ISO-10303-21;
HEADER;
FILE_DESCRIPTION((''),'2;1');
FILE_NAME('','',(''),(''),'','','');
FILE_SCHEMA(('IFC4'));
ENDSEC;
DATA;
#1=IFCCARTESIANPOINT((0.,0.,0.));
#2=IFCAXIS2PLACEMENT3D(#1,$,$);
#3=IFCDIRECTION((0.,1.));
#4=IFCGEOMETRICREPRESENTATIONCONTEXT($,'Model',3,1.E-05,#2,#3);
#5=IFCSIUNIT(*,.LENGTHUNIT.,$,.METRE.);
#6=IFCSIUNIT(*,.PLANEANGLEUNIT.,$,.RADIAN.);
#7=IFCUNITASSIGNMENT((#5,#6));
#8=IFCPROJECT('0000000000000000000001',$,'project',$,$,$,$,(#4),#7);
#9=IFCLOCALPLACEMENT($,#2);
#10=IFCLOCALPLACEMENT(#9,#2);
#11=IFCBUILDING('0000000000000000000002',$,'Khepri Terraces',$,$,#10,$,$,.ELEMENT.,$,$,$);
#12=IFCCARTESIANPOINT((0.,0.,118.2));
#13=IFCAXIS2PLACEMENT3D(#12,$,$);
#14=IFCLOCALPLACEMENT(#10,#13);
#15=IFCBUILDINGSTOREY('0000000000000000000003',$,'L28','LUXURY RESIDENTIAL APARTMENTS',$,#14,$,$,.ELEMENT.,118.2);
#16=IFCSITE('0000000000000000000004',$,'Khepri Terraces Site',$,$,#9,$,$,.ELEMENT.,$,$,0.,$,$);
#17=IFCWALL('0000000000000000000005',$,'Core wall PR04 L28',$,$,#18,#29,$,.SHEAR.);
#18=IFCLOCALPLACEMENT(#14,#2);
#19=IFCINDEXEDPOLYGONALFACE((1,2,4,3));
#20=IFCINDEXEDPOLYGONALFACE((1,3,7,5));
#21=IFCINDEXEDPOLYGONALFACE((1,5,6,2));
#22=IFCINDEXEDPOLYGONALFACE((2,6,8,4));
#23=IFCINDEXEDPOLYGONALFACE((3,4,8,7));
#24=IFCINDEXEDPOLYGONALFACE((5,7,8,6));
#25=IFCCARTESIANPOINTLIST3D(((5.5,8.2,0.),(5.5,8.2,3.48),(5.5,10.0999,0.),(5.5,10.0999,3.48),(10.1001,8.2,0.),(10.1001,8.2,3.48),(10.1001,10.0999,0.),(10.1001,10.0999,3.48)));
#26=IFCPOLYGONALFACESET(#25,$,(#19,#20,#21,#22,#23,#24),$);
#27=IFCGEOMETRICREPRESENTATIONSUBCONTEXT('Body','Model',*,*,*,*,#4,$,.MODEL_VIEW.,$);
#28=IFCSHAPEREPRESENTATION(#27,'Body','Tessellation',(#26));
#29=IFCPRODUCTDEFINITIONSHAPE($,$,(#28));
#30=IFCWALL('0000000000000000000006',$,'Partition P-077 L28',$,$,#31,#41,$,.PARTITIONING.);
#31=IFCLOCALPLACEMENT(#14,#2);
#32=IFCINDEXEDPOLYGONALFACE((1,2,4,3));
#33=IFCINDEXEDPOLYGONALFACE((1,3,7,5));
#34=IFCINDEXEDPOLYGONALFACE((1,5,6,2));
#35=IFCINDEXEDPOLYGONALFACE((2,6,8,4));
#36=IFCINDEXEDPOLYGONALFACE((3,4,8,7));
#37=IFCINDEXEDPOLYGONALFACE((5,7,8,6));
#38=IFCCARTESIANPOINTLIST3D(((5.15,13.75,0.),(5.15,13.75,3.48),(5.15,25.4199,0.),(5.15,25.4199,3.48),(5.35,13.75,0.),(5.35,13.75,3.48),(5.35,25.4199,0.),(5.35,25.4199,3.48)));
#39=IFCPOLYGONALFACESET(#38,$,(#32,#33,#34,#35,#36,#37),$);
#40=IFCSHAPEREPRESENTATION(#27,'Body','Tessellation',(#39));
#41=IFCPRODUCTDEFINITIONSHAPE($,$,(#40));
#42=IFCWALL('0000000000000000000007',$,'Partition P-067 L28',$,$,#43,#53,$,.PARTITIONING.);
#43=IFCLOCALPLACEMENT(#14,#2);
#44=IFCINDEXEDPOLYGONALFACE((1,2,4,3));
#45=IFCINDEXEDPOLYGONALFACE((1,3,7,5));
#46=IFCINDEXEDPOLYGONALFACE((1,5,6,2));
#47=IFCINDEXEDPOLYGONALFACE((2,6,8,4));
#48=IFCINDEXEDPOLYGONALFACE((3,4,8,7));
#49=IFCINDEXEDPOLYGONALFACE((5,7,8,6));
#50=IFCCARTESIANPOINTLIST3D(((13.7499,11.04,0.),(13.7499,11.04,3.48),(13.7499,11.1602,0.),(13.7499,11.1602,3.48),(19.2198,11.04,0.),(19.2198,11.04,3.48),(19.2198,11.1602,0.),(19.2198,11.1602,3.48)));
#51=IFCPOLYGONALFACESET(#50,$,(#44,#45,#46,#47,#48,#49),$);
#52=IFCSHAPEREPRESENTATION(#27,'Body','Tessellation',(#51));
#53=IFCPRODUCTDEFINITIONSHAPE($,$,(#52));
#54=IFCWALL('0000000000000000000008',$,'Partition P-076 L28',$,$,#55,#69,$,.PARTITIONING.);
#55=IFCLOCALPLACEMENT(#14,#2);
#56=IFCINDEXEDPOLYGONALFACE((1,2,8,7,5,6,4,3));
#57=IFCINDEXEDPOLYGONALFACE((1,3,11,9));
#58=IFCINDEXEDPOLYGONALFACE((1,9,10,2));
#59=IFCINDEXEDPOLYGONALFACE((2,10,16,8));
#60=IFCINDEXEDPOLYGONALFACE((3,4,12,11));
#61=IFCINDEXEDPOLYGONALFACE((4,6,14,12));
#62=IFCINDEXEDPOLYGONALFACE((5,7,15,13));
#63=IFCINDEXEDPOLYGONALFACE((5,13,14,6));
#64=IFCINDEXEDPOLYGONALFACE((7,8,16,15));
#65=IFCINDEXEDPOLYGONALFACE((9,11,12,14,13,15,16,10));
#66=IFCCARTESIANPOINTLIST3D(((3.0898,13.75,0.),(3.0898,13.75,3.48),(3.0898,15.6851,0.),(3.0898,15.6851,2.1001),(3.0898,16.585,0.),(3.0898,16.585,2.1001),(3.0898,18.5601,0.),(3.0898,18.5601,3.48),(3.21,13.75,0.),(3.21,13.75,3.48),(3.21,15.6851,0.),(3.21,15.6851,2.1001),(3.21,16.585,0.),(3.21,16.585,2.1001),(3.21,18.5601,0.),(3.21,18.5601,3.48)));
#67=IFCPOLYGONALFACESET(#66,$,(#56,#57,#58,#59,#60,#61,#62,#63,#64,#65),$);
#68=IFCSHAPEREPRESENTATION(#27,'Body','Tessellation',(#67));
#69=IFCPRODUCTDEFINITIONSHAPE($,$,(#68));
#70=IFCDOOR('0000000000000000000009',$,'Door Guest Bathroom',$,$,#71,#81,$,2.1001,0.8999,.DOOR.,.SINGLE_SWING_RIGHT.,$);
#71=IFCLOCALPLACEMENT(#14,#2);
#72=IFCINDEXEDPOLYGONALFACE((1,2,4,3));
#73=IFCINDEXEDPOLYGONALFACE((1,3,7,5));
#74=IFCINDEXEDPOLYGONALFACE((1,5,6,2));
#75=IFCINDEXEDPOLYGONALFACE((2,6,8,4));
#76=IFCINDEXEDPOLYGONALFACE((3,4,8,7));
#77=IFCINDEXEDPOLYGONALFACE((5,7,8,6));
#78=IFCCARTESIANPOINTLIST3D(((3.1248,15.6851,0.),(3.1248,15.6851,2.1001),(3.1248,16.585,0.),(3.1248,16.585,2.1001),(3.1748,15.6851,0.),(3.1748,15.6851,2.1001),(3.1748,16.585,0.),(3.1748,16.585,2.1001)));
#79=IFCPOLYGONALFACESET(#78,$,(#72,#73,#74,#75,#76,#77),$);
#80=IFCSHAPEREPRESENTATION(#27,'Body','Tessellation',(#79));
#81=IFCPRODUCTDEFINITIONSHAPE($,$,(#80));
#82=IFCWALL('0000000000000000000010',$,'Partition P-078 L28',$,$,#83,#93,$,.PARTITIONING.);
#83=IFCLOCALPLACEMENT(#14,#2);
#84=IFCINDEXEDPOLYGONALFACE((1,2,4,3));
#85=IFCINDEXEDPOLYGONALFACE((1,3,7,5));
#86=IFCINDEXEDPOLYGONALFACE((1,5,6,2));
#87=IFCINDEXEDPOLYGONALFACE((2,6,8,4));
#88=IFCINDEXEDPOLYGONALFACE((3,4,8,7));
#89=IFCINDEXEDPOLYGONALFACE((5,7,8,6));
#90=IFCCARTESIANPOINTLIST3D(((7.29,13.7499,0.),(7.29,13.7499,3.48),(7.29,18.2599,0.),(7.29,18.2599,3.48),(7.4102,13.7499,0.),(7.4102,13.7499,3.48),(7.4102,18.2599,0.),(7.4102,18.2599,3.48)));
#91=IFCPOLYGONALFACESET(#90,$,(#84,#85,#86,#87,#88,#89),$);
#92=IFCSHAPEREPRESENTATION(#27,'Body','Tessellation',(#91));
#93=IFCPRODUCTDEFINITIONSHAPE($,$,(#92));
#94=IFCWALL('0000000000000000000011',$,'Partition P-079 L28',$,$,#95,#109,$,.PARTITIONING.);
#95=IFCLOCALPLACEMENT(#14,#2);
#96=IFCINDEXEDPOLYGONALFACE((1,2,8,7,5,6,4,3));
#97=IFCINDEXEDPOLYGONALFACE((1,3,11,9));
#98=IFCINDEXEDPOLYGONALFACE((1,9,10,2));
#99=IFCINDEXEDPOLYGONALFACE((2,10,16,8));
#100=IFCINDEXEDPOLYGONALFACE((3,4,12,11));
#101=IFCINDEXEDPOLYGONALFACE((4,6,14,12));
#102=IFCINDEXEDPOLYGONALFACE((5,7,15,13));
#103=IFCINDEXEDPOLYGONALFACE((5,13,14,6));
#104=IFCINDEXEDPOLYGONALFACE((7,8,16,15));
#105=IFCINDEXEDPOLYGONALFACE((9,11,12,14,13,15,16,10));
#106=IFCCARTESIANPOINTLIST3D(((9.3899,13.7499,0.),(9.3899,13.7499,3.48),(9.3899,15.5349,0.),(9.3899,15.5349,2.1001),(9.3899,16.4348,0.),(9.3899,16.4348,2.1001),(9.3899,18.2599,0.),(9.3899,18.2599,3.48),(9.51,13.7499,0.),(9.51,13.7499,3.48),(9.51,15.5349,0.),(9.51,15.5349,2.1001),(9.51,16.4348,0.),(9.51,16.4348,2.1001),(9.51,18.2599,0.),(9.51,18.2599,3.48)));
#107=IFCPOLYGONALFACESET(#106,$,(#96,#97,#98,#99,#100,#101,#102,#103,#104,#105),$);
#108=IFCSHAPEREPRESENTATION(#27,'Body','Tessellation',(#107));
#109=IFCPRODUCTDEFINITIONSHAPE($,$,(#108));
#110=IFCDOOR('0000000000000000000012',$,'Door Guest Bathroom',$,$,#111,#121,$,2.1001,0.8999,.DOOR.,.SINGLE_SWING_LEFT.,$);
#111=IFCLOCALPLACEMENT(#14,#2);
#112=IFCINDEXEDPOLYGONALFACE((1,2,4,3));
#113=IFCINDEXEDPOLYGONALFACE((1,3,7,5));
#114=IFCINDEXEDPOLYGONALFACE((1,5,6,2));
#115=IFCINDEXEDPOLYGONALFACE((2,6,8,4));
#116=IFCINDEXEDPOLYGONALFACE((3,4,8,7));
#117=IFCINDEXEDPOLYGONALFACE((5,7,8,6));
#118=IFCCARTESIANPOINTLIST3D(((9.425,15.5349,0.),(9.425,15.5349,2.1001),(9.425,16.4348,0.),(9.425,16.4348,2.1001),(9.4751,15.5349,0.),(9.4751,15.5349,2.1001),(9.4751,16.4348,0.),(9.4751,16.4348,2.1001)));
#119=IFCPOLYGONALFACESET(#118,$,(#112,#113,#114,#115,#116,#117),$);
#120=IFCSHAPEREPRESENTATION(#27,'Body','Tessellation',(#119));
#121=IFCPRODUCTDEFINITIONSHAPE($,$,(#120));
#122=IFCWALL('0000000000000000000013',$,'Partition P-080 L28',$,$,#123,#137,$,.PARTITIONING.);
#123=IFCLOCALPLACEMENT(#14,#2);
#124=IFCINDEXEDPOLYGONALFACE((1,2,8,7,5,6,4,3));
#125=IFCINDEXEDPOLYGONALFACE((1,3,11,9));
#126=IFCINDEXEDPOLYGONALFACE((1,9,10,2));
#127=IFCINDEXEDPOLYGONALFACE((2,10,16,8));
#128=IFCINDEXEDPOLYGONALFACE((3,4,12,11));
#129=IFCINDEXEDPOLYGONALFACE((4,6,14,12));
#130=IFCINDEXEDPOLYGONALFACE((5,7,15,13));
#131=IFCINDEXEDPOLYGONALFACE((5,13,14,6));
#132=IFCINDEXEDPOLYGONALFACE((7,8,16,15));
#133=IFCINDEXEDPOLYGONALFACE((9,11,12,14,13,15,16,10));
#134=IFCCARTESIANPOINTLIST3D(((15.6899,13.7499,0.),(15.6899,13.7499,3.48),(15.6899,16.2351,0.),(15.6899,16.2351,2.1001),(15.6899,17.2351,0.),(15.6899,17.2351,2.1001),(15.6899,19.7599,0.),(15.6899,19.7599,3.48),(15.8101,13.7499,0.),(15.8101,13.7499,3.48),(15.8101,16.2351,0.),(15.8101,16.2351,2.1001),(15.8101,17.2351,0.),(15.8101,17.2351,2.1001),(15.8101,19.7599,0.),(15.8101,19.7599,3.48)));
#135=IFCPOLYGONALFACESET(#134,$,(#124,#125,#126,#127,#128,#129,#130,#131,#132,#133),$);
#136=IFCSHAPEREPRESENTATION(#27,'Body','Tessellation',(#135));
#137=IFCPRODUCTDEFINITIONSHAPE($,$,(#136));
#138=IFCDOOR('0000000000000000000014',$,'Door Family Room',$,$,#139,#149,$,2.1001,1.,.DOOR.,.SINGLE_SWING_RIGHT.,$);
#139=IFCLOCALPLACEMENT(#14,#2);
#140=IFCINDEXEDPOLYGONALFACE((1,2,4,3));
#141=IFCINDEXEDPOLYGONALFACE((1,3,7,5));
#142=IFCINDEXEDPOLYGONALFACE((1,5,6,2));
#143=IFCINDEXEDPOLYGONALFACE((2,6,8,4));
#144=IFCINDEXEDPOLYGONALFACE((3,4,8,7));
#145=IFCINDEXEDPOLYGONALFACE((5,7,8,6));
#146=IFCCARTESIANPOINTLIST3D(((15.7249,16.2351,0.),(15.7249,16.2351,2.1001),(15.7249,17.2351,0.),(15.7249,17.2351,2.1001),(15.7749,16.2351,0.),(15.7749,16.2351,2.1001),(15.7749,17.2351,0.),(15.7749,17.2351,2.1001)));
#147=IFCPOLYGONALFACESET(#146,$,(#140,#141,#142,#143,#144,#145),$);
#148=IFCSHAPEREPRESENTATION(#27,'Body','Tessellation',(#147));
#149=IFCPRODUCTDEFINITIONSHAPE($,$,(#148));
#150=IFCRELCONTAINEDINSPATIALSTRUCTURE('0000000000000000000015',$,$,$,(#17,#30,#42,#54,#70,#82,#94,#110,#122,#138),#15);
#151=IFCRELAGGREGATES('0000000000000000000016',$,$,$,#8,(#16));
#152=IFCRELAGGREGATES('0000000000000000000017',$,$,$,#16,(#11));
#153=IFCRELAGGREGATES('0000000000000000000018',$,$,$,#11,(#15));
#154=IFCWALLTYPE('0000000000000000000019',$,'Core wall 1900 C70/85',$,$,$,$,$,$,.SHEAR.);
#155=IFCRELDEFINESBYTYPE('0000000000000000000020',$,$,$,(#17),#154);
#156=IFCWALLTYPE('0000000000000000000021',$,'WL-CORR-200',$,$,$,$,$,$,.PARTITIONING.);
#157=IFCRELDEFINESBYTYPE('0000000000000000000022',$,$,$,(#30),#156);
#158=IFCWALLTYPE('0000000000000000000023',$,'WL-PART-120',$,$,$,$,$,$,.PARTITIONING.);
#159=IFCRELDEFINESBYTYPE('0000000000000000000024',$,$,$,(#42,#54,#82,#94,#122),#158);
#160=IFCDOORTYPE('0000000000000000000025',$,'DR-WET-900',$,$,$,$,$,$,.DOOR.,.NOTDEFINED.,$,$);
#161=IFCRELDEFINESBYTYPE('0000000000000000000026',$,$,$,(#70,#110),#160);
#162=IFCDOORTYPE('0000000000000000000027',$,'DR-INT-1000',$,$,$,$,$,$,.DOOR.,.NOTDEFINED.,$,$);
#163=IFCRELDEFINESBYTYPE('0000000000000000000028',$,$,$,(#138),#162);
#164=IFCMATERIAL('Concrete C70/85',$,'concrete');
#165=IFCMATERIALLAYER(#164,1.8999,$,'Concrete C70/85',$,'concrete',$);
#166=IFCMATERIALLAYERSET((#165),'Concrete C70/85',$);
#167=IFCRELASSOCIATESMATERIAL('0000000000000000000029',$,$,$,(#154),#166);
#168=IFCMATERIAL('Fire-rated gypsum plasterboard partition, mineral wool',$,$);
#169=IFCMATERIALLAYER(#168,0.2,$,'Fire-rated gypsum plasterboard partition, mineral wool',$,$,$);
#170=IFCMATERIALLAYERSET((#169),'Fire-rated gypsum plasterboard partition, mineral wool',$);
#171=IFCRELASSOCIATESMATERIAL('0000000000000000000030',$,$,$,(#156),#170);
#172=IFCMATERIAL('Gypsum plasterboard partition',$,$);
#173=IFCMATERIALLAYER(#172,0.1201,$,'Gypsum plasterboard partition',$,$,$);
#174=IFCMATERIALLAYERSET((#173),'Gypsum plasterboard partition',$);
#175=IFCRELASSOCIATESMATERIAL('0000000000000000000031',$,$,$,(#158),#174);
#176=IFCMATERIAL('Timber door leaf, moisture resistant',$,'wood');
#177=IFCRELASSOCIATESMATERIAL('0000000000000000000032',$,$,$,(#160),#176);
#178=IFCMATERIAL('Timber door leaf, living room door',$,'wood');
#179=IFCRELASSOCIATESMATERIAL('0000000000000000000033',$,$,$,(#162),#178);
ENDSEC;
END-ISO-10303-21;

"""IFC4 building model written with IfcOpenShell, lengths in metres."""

from ifc_helpers import new_model, si_unit, direction, frame, frame_2d, origin, place, context, subcontext, project, spatial, rectangle, extrude, material, layer, layer_set, type_object, element, fill, save


model = new_model("IFC4")

# Units and contexts
model_context = context("Model", 3, precision=1e-05, world=origin(), true_north=direction((0.0, 1.0)))
body_context = subcontext(model_context, "Body", "Model", "MODEL_VIEW")
ifc_project = project(units=[si_unit("LENGTHUNIT", "METRE"), si_unit("PLANEANGLEUNIT", "RADIAN")], contexts=[model_context])

# Site, building, storey
site_placement = place(None, origin())
site = spatial("IfcSite", under=ifc_project, at=site_placement, Name="Khepri Terraces Site", CompositionType="ELEMENT", RefElevation=0.0)
building_placement = place(site_placement, origin())
building = spatial("IfcBuilding", under=site, at=building_placement, Name="Khepri Terraces", CompositionType="ELEMENT")
storey_placement = place(building_placement, frame((0.0, 0.0, 118.2)))
storey = spatial("IfcBuildingStorey", under=building, at=storey_placement, Name="L28", Description="LUXURY RESIDENTIAL APARTMENTS", CompositionType="ELEMENT", Elevation=118.2)

# Walls
ifc_material_1 = material(Name="Concrete C70/85", Category="concrete")
ifc_layer_1 = layer(ifc_material_1, 1.8999, Name="Concrete C70/85", Category="concrete")
ifc_layer_set_1 = layer_set([ifc_layer_1], Name="Concrete C70/85")
wall_type_1 = type_object("IfcWallType", Name="Core wall 1900 C70/85", PredefinedType="SHEAR", material=ifc_layer_set_1)
wall_1_placement = place(storey_placement, frame((5.5, 9.1499, 0.0), z_axis=(0.0, 0.0, 1.0), x_axis=(1.0, 0.0, 0.0)))
element("IfcWall", 1, at=wall_1_placement, inside=storey, type_object=wall_type_1, Name="Core wall PR04 L28", PredefinedType="SHEAR", context=body_context, shape_type="SweptSolid", body=[
    extrude(rectangle(XDim=4.6001, YDim=1.8999, at=frame_2d((2.3, 0.0))), origin(), (0.0, 0.0, 1.0), 3.48),
])
ifc_material_2 = material(Name="Fire-rated gypsum plasterboard partition, mineral wool")
ifc_layer_2 = layer(ifc_material_2, 0.2, Name="Fire-rated gypsum plasterboard partition, mineral wool")
ifc_layer_set_2 = layer_set([ifc_layer_2], Name="Fire-rated gypsum plasterboard partition, mineral wool")
wall_type_2 = type_object("IfcWallType", Name="WL-CORR-200", PredefinedType="PARTITIONING", material=ifc_layer_set_2)
wall_2_placement = place(storey_placement, frame((5.25, 13.75, 0.0), z_axis=(0.0, 0.0, 1.0), x_axis=(0.0, 1.0, 0.0)))
element("IfcWall", 2, at=wall_2_placement, inside=storey, type_object=wall_type_2, Name="Partition P-077 L28", PredefinedType="PARTITIONING", context=body_context, shape_type="SweptSolid", body=[
    extrude(rectangle(XDim=11.6699, YDim=0.2, at=frame_2d((5.835, 0.0))), origin(), (0.0, 0.0, 1.0), 3.48),
])
ifc_material_3 = material(Name="Gypsum plasterboard partition")
ifc_layer_3 = layer(ifc_material_3, 0.1201, Name="Gypsum plasterboard partition")
ifc_layer_set_3 = layer_set([ifc_layer_3], Name="Gypsum plasterboard partition")
wall_type_3 = type_object("IfcWallType", Name="WL-PART-120", PredefinedType="PARTITIONING", material=ifc_layer_set_3)
wall_3_placement = place(storey_placement, frame((13.75, 11.1001, 0.0), z_axis=(0.0, 0.0, 1.0), x_axis=(1.0, 0.0, 0.0)))
element("IfcWall", 3, at=wall_3_placement, inside=storey, type_object=wall_type_3, Name="Partition P-067 L28", PredefinedType="PARTITIONING", context=body_context, shape_type="SweptSolid", body=[
    extrude(rectangle(XDim=5.47, YDim=0.1201, at=frame_2d((2.7349, 0.0))), origin(), (0.0, 0.0, 1.0), 3.48),
])

# Wall, opening, door
wall_4_placement = place(storey_placement, frame((3.1499, 13.75, 0.0), z_axis=(0.0, 0.0, 1.0), x_axis=(0.0, 1.0, 0.0)))
wall_4 = element("IfcWall", 4, at=wall_4_placement, inside=storey, type_object=wall_type_3, Name="Partition P-076 L28", PredefinedType="PARTITIONING", context=body_context, shape_type="SweptSolid", body=[
    extrude(rectangle(XDim=4.8101, YDim=0.1201, at=frame_2d((2.405, 0.0))), origin(), (0.0, 0.0, 1.0), 3.48),
])
opening_1_placement = place(wall_4_placement, frame((1.9351, 0.0, 0.0)))
opening_1 = element("IfcOpeningElement", 5, at=opening_1_placement, cuts=wall_4, PredefinedType="OPENING", context=body_context, shape_type="SweptSolid", body=[
    extrude(rectangle(XDim=0.8999, YDim=2.1001, at=frame_2d((0.45, 1.05))), frame((0.0, 0.0701, 0.0), z_axis=(0.0, -1.0, 0.0), x_axis=(1.0, 0.0, 0.0)), (0.0, 0.0, 1.0), 0.1401),
])
ifc_material_4 = material(Name="Timber door leaf, moisture resistant", Category="wood")
door_type_1 = type_object("IfcDoorType", Name="DR-WET-900", OperationType="NOTDEFINED", PredefinedType="DOOR", material=ifc_material_4)
door_1_placement = place(opening_1_placement, frame((0.8999, 0.0, 0.0), z_axis=(0.0, 0.0, 1.0), x_axis=(-1.0, 0.0, 0.0)))
door_1 = element("IfcDoor", 6, at=door_1_placement, inside=storey, type_object=door_type_1, Name="Door Guest Bathroom", OperationType="SINGLE_SWING_RIGHT", OverallHeight=2.1001, OverallWidth=0.8999, PredefinedType="DOOR", context=body_context, shape_type="SweptSolid", body=[
    extrude(rectangle(XDim=0.8999, YDim=2.1001, at=frame_2d((0.45, 1.05))), frame((0.0, 0.0249, 0.0), z_axis=(0.0, -1.0, 0.0), x_axis=(1.0, 0.0, 0.0)), (0.0, 0.0, 1.0), 0.05),
])
fill(opening_1, door_1)

# Wall
wall_5_placement = place(storey_placement, frame((7.3501, 13.75, 0.0), z_axis=(0.0, 0.0, 1.0), x_axis=(0.0, 1.0, 0.0)))
element("IfcWall", 7, at=wall_5_placement, inside=storey, type_object=wall_type_3, Name="Partition P-078 L28", PredefinedType="PARTITIONING", context=body_context, shape_type="SweptSolid", body=[
    extrude(rectangle(XDim=4.51, YDim=0.1201, at=frame_2d((2.2549, 0.0))), origin(), (0.0, 0.0, 1.0), 3.48),
])

# Walls, openings, doors
wall_6_placement = place(storey_placement, frame((9.45, 13.75, 0.0), z_axis=(0.0, 0.0, 1.0), x_axis=(0.0, 1.0, 0.0)))
wall_6 = element("IfcWall", 8, at=wall_6_placement, inside=storey, type_object=wall_type_3, Name="Partition P-079 L28", PredefinedType="PARTITIONING", context=body_context, shape_type="SweptSolid", body=[
    extrude(rectangle(XDim=4.51, YDim=0.1201, at=frame_2d((2.2549, 0.0))), origin(), (0.0, 0.0, 1.0), 3.48),
])
opening_2_placement = place(wall_6_placement, frame((1.7849, 0.0, 0.0)))
opening_2 = element("IfcOpeningElement", 9, at=opening_2_placement, cuts=wall_6, PredefinedType="OPENING", context=body_context, shape_type="SweptSolid", body=[
    extrude(rectangle(XDim=0.8999, YDim=2.1001, at=frame_2d((0.45, 1.05))), frame((0.0, 0.0701, 0.0), z_axis=(0.0, -1.0, 0.0), x_axis=(1.0, 0.0, 0.0)), (0.0, 0.0, 1.0), 0.1401),
])
door_2_placement = place(opening_2_placement, origin())
door_2 = element("IfcDoor", 10, at=door_2_placement, inside=storey, type_object=door_type_1, Name="Door Guest Bathroom", OperationType="SINGLE_SWING_LEFT", OverallHeight=2.1001, OverallWidth=0.8999, PredefinedType="DOOR", context=body_context, shape_type="SweptSolid", body=[
    extrude(rectangle(XDim=0.8999, YDim=2.1001, at=frame_2d((0.45, 1.05))), frame((0.0, 0.0249, 0.0), z_axis=(0.0, -1.0, 0.0), x_axis=(1.0, 0.0, 0.0)), (0.0, 0.0, 1.0), 0.05),
])
fill(opening_2, door_2)
wall_7_placement = place(storey_placement, frame((15.75, 13.75, 0.0), z_axis=(0.0, 0.0, 1.0), x_axis=(0.0, 1.0, 0.0)))
wall_7 = element("IfcWall", 11, at=wall_7_placement, inside=storey, type_object=wall_type_3, Name="Partition P-080 L28", PredefinedType="PARTITIONING", context=body_context, shape_type="SweptSolid", body=[
    extrude(rectangle(XDim=6.01, YDim=0.1201, at=frame_2d((3.0049, 0.0))), origin(), (0.0, 0.0, 1.0), 3.48),
])
opening_3_placement = place(wall_7_placement, frame((2.4851, 0.0, 0.0)))
opening_3 = element("IfcOpeningElement", 12, at=opening_3_placement, cuts=wall_7, PredefinedType="OPENING", context=body_context, shape_type="SweptSolid", body=[
    extrude(rectangle(XDim=1.0, YDim=2.1001, at=frame_2d((0.5, 1.05))), frame((0.0, 0.0701, 0.0), z_axis=(0.0, -1.0, 0.0), x_axis=(1.0, 0.0, 0.0)), (0.0, 0.0, 1.0), 0.1401),
])
ifc_material_5 = material(Name="Timber door leaf, living room door", Category="wood")
door_type_2 = type_object("IfcDoorType", Name="DR-INT-1000", OperationType="NOTDEFINED", PredefinedType="DOOR", material=ifc_material_5)
door_3_placement = place(opening_3_placement, frame((1.0, 0.0, 0.0), z_axis=(0.0, 0.0, 1.0), x_axis=(-1.0, 0.0, 0.0)))
door_3 = element("IfcDoor", 13, at=door_3_placement, inside=storey, type_object=door_type_2, Name="Door Family Room", OperationType="SINGLE_SWING_RIGHT", OverallHeight=2.1001, OverallWidth=1.0, PredefinedType="DOOR", context=body_context, shape_type="SweptSolid", body=[
    extrude(rectangle(XDim=1.0, YDim=2.1001, at=frame_2d((0.5, 1.05))), frame((0.0, 0.0249, 0.0), z_axis=(0.0, -1.0, 0.0), x_axis=(1.0, 0.0, 0.0)), (0.0, 0.0, 1.0), 0.05),
])
fill(opening_3, door_3)

save(model, "model.ifc")
